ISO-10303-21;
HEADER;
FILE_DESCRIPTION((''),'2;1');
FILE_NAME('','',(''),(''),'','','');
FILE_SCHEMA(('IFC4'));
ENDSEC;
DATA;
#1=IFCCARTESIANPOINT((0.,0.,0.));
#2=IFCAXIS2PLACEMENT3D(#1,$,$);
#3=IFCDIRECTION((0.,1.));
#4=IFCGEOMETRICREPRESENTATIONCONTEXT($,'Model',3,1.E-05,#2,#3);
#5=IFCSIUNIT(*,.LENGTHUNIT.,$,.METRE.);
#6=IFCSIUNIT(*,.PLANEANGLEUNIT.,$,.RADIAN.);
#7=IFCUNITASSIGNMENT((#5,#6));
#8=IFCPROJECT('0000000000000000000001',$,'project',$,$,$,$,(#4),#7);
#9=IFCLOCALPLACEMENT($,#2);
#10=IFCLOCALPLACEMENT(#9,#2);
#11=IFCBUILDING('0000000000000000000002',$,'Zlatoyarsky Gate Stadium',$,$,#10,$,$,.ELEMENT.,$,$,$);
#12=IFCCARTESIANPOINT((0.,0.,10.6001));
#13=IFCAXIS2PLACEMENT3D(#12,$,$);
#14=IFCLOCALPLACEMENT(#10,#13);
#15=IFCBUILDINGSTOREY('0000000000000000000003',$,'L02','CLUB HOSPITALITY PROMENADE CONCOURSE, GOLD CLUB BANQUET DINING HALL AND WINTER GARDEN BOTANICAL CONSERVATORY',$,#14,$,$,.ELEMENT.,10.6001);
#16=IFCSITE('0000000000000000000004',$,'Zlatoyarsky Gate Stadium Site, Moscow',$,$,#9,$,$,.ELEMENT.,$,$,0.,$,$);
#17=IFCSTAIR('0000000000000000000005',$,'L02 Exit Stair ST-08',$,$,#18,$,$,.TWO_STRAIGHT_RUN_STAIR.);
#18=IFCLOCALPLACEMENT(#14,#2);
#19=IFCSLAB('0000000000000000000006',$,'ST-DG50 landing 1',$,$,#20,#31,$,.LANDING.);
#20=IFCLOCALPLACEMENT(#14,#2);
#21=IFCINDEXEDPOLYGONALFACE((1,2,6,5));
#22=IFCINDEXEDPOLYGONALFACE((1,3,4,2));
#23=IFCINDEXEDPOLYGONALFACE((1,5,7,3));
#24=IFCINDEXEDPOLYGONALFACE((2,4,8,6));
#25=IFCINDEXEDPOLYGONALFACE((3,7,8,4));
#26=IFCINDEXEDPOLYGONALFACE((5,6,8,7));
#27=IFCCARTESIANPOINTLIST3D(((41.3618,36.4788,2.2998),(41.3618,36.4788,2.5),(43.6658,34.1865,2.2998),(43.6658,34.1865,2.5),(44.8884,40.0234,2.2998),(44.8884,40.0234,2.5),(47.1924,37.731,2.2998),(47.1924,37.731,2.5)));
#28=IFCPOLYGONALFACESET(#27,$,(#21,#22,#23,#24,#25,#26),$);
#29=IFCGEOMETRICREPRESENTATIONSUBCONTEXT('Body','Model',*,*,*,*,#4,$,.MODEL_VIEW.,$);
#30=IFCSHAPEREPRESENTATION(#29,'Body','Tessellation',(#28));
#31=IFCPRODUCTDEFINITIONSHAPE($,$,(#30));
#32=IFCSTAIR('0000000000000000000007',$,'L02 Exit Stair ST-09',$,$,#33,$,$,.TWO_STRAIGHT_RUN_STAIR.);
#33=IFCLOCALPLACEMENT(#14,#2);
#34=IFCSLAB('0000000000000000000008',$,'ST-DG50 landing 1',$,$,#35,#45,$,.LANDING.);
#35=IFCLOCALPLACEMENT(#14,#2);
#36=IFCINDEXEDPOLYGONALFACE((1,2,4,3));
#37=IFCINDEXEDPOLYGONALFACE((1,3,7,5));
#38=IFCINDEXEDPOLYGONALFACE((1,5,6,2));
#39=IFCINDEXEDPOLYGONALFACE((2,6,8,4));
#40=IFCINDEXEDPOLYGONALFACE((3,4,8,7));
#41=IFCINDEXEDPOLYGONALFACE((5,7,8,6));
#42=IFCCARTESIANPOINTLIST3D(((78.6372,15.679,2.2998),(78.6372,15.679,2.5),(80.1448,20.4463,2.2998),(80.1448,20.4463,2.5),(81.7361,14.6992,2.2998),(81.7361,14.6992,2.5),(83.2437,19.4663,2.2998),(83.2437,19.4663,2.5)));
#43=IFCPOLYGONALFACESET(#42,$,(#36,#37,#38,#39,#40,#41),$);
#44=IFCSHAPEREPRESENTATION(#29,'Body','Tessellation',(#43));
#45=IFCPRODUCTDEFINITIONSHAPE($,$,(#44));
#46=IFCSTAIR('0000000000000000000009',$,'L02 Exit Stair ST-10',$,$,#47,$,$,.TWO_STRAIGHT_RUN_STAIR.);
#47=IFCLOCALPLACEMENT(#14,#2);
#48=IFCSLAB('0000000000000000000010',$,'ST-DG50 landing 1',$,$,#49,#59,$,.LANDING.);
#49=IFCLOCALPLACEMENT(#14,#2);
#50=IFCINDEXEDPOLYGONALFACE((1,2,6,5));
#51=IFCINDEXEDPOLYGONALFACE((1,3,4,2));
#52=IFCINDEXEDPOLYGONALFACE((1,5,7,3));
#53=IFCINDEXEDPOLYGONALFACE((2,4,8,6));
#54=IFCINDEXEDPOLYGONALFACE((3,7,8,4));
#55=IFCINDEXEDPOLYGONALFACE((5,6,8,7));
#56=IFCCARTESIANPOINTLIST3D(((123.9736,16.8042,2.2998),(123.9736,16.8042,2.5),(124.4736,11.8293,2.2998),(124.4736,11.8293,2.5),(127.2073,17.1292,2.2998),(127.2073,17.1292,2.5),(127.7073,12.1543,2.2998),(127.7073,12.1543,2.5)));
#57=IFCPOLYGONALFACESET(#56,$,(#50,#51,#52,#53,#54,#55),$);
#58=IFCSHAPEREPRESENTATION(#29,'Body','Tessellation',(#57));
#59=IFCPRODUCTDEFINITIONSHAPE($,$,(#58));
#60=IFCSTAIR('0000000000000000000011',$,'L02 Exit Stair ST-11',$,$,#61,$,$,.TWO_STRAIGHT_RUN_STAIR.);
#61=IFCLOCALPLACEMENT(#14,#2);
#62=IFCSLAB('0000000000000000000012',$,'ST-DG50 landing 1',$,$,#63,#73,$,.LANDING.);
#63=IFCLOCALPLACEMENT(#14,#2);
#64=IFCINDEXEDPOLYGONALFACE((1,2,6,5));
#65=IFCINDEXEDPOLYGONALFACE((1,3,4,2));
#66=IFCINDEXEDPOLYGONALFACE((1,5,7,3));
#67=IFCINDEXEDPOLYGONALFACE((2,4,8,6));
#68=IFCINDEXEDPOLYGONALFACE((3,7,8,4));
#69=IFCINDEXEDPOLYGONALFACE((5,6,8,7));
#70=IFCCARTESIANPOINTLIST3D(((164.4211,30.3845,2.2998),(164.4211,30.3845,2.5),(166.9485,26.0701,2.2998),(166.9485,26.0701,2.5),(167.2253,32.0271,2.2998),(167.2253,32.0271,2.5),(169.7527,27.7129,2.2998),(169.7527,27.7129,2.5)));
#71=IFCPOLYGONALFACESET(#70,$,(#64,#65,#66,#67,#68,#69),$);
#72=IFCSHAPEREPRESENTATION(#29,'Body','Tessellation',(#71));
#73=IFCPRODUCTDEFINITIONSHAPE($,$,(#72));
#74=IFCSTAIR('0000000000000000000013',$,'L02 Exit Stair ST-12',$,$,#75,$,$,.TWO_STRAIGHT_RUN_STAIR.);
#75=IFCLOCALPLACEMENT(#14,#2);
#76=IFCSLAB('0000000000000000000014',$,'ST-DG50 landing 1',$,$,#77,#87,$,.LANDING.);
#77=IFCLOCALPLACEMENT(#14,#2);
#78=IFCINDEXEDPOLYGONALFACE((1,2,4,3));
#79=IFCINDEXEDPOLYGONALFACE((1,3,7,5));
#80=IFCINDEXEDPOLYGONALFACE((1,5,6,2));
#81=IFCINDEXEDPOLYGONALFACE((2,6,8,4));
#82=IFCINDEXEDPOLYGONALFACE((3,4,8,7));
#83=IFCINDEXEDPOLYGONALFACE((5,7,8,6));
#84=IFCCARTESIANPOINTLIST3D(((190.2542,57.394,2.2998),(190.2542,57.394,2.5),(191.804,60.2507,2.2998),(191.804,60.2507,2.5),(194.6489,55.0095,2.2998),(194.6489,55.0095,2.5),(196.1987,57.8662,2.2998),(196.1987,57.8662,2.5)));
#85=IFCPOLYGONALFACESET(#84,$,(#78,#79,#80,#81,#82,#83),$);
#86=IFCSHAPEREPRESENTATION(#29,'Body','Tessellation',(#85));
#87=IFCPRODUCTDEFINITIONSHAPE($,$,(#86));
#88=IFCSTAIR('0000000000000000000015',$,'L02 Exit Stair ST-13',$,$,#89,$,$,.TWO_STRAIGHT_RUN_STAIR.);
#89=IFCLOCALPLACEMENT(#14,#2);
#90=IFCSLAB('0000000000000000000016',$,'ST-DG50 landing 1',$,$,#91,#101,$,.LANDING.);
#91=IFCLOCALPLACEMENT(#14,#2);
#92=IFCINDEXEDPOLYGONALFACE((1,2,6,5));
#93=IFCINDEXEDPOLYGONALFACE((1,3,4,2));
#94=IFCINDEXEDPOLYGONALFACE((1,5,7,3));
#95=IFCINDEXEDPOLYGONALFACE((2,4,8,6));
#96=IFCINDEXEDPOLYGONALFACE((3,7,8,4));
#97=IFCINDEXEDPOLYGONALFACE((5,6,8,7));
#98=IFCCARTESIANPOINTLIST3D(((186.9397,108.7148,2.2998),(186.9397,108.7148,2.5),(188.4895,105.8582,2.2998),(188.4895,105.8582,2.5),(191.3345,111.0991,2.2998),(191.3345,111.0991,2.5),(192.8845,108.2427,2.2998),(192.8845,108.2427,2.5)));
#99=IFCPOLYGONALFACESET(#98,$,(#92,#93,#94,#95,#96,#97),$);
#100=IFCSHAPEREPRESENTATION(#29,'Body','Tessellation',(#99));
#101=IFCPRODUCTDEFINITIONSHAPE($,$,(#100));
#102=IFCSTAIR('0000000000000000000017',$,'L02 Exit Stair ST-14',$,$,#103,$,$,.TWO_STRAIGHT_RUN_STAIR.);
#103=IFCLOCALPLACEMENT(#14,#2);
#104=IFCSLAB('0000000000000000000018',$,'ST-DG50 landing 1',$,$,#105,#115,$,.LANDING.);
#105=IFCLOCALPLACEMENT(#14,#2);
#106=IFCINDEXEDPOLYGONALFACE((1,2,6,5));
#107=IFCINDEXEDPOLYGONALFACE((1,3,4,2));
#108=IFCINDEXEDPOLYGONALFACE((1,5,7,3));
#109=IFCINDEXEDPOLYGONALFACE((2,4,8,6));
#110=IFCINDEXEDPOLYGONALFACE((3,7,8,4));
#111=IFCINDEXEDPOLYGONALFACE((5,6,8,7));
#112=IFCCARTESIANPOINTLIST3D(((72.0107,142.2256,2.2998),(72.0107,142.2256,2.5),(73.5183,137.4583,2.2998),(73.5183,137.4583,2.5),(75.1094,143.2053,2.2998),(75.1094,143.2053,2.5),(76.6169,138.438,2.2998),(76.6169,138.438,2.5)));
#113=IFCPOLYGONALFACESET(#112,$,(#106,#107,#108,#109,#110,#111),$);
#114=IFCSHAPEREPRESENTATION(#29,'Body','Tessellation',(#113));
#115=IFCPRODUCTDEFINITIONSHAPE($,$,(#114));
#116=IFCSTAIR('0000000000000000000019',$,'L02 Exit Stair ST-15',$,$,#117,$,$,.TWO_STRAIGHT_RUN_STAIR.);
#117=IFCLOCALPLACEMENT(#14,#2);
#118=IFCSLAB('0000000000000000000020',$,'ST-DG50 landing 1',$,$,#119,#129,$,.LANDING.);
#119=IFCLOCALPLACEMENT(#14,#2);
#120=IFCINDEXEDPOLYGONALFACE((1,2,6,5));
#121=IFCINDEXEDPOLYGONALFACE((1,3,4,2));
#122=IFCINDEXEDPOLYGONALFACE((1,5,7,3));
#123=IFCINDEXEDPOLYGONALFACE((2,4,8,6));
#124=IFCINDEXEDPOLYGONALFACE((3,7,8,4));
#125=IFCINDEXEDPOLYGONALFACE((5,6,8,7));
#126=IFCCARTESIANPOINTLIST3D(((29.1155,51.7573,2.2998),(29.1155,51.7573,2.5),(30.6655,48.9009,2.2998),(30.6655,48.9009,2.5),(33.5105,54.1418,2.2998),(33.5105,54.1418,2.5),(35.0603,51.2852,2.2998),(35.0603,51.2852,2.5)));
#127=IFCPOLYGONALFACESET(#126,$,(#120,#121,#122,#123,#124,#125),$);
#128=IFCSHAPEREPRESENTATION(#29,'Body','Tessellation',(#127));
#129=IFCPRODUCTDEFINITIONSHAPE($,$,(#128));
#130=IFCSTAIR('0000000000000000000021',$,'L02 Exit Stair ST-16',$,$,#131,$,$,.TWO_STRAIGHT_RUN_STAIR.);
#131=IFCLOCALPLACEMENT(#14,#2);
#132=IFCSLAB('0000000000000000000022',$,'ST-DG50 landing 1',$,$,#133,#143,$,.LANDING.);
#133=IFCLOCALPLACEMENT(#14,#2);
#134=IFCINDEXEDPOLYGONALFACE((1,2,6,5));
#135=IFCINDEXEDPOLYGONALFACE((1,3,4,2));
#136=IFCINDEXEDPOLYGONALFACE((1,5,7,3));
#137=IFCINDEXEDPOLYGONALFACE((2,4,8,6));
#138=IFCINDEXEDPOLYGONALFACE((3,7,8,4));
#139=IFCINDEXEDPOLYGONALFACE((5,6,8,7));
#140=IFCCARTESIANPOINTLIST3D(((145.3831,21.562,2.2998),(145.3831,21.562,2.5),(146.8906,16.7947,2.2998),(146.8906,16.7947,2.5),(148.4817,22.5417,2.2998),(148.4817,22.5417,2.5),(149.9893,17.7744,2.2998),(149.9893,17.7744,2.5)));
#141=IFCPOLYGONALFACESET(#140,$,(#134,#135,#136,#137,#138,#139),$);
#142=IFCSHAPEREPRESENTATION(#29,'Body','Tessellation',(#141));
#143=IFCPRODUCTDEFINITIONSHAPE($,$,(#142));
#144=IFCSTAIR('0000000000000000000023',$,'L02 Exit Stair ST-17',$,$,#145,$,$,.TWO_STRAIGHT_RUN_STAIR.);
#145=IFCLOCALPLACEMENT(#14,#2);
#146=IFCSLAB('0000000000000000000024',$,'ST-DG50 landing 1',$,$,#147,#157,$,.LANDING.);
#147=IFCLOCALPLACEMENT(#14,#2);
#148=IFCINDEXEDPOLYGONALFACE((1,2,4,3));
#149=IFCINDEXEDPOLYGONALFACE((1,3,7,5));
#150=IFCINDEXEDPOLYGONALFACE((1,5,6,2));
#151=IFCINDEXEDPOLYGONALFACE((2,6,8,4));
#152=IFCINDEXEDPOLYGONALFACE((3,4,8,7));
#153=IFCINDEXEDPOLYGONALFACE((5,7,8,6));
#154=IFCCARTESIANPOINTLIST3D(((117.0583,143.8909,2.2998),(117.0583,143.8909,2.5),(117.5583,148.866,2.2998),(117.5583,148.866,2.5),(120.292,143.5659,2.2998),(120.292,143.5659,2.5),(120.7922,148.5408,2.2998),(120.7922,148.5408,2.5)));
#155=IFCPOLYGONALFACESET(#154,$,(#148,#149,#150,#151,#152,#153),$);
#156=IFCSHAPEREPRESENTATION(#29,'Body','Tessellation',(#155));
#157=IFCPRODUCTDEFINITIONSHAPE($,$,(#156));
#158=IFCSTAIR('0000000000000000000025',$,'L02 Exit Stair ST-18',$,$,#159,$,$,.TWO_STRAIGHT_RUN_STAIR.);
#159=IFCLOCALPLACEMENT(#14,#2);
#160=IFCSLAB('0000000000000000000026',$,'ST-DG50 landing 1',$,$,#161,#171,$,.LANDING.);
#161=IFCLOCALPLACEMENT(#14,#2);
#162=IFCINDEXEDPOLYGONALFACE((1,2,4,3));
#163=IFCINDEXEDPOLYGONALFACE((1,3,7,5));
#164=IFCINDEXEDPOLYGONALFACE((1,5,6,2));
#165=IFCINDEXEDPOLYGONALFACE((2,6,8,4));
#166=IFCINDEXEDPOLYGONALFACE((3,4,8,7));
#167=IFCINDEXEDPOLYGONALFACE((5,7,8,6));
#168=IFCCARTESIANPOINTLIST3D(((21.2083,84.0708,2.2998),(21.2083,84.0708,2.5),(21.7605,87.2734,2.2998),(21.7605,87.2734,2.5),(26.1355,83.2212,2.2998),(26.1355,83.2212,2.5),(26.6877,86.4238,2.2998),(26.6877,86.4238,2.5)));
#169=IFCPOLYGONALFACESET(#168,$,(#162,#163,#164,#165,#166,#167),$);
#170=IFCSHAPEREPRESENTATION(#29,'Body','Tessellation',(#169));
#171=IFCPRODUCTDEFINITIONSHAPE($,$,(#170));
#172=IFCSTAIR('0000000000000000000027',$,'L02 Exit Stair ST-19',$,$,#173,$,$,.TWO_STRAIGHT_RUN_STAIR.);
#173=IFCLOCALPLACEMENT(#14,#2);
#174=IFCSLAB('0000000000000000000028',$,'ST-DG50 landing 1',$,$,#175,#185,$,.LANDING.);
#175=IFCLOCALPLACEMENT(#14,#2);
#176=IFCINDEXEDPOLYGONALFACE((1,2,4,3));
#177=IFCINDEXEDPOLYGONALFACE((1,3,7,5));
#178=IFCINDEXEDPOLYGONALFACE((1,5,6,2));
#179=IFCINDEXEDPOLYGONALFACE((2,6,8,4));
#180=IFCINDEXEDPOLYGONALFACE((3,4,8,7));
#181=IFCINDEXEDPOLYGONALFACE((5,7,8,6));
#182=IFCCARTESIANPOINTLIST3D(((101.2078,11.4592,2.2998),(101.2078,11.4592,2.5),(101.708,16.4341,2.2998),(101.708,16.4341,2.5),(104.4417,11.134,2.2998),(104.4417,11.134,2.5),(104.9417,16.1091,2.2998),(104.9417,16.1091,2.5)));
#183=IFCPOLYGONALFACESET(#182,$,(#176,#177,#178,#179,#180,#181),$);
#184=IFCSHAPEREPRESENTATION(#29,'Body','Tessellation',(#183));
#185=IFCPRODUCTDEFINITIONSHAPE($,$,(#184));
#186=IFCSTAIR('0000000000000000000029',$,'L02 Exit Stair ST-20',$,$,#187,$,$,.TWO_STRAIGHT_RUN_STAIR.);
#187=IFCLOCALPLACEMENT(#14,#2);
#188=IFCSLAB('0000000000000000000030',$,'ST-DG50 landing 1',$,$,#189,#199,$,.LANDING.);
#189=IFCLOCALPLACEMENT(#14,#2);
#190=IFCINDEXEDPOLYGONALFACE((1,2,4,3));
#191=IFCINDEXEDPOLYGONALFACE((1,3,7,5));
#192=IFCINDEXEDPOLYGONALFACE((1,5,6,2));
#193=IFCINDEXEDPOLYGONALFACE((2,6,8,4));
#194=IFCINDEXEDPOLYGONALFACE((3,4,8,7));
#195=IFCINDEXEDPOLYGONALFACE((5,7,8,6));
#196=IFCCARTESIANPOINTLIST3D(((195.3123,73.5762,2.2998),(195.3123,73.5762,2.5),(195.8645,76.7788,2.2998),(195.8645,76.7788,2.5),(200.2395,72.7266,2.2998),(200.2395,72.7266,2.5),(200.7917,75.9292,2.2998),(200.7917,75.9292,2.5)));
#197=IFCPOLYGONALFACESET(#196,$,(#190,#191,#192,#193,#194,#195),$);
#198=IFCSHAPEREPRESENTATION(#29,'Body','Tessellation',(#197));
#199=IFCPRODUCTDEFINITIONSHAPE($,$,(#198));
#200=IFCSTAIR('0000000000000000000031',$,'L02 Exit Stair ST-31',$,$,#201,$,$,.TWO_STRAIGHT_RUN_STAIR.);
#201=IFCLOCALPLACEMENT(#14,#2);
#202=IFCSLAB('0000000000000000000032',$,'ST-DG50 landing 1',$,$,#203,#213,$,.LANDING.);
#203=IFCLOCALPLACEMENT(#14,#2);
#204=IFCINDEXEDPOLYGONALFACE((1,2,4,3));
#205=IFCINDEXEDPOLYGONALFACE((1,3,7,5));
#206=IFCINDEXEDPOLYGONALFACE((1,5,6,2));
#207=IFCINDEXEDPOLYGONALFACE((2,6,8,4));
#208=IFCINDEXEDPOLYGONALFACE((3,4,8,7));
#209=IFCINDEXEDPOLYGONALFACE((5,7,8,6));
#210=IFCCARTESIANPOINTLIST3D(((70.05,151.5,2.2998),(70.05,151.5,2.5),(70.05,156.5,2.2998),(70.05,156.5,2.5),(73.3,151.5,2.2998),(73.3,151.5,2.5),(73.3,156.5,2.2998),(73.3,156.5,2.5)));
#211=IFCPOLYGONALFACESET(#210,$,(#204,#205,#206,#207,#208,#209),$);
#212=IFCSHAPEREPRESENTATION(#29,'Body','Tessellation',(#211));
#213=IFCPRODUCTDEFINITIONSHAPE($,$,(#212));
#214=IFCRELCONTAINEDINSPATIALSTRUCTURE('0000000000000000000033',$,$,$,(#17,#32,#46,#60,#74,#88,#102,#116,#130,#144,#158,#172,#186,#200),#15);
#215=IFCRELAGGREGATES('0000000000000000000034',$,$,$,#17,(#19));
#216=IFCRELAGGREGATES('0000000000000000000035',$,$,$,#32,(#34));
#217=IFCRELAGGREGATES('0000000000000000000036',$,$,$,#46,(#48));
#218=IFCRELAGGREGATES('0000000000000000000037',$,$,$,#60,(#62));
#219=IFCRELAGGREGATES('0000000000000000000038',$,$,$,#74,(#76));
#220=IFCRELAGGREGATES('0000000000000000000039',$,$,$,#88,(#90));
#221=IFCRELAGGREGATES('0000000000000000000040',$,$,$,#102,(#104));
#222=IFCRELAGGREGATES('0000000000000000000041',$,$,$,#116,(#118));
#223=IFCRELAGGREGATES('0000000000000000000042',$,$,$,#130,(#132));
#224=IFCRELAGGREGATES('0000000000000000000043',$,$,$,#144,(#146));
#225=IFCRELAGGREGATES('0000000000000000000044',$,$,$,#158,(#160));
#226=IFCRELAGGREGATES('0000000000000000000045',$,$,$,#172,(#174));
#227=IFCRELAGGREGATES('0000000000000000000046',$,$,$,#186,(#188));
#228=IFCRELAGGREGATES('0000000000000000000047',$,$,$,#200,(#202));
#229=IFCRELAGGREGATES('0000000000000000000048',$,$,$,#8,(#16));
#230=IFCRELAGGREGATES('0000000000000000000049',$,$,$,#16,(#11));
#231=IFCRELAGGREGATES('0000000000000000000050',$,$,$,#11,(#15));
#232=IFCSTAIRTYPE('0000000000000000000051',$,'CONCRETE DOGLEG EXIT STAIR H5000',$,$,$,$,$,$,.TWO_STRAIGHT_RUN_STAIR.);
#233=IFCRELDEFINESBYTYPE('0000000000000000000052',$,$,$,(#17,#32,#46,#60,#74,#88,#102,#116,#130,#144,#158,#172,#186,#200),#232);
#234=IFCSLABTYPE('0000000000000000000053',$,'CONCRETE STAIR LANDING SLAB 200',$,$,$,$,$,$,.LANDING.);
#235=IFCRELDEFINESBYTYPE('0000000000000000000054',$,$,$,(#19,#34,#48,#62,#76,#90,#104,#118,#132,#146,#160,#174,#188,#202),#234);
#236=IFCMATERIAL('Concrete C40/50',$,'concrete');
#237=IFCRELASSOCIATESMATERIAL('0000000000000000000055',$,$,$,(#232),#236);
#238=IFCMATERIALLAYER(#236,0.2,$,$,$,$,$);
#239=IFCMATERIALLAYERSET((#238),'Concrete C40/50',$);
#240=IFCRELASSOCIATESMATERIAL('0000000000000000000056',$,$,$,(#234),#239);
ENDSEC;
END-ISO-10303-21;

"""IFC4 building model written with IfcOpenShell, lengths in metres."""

from ifc_helpers import new_model, si_unit, direction, frame, origin, place, context, subcontext, project, spatial, polyline, outline, extrude, material, layer, layer_set, type_object, element, aggregate, save


model = new_model("IFC4")

# Units and contexts
model_context = context("Model", 3, precision=1e-05, world=origin(), true_north=direction((0.0, 1.0)))
body_context = subcontext(model_context, "Body", "Model", "MODEL_VIEW")
ifc_project = project(units=[si_unit("LENGTHUNIT", "METRE"), si_unit("PLANEANGLEUNIT", "RADIAN")], contexts=[model_context])

# Site, building, storey
site_placement = place(None, origin())
site = spatial("IfcSite", under=ifc_project, at=site_placement, Name="Zlatoyarsky Gate Stadium Site, Moscow", CompositionType="ELEMENT", RefElevation=0.0)
building_placement = place(site_placement, origin())
building = spatial("IfcBuilding", under=site, at=building_placement, Name="Zlatoyarsky Gate Stadium", CompositionType="ELEMENT")
storey_placement = place(building_placement, frame((0.0, 0.0, 10.6001)))
storey = spatial("IfcBuildingStorey", under=building, at=storey_placement, Name="L02", Description="CLUB HOSPITALITY PROMENADE CONCOURSE, GOLD CLUB BANQUET DINING HALL AND WINTER GARDEN BOTANICAL CONSERVATORY", CompositionType="ELEMENT", Elevation=10.6001)

# Shared definitions
ifc_material = material(Name="Concrete C40/50", Category="concrete")

# Stairs, slabs
stair_type = type_object("IfcStairType", Name="CONCRETE DOGLEG EXIT STAIR H5000", PredefinedType="TWO_STRAIGHT_RUN_STAIR", material=ifc_material)
ifc_layer_1 = layer(ifc_material, 0.2)
ifc_layer_set_1 = layer_set([ifc_layer_1], Name="Concrete C40/50")
slab_type_1 = type_object("IfcSlabType", Name="CONCRETE STAIR LANDING SLAB 200", PredefinedType="LANDING", material=ifc_layer_set_1)
stair_1_placement = place(storey_placement, origin())
stair_1 = element("IfcStair", 1, at=stair_1_placement, inside=storey, type_object=stair_type, Name="L02 Exit Stair ST-08", PredefinedType="TWO_STRAIGHT_RUN_STAIR")
slab_1_placement = place(storey_placement, frame((0.0, 0.0, 2.2998)))
slab_1 = element("IfcSlab", 2, at=slab_1_placement, type_object=slab_type_1, Name="ST-DG50 landing 1", PredefinedType="LANDING", context=body_context, shape_type="SweptSolid", body=[
    extrude(outline(polyline([(41.3618, 36.4788), (43.6658, 34.1865), (47.1924, 37.731), (44.8884, 40.0234), (41.3618, 36.4788)])), origin(), (0.0, 0.0, 1.0), 0.2002),
])
aggregate(stair_1, [slab_1])
stair_2_placement = place(storey_placement, origin())
stair_2 = element("IfcStair", 3, at=stair_2_placement, inside=storey, type_object=stair_type, Name="L02 Exit Stair ST-09", PredefinedType="TWO_STRAIGHT_RUN_STAIR")
slab_2_placement = place(storey_placement, frame((0.0, 0.0, 2.2998)))
slab_2 = element("IfcSlab", 4, at=slab_2_placement, type_object=slab_type_1, Name="ST-DG50 landing 1", PredefinedType="LANDING", context=body_context, shape_type="SweptSolid", body=[
    extrude(outline(polyline([(78.6372, 15.679), (81.7361, 14.6992), (83.2437, 19.4663), (80.1448, 20.4463), (78.6372, 15.679)])), origin(), (0.0, 0.0, 1.0), 0.2002),
])
aggregate(stair_2, [slab_2])
stair_3_placement = place(storey_placement, origin())
stair_3 = element("IfcStair", 5, at=stair_3_placement, inside=storey, type_object=stair_type, Name="L02 Exit Stair ST-10", PredefinedType="TWO_STRAIGHT_RUN_STAIR")
slab_3_placement = place(storey_placement, frame((0.0, 0.0, 2.2998)))
slab_3 = element("IfcSlab", 6, at=slab_3_placement, type_object=slab_type_1, Name="ST-DG50 landing 1", PredefinedType="LANDING", context=body_context, shape_type="SweptSolid", body=[
    extrude(outline(polyline([(124.4736, 11.8293), (127.7073, 12.1543), (127.2073, 17.1292), (123.9736, 16.8042), (124.4736, 11.8293)])), origin(), (0.0, 0.0, 1.0), 0.2002),
])
aggregate(stair_3, [slab_3])
stair_4_placement = place(storey_placement, origin())
stair_4 = element("IfcStair", 7, at=stair_4_placement, inside=storey, type_object=stair_type, Name="L02 Exit Stair ST-11", PredefinedType="TWO_STRAIGHT_RUN_STAIR")
slab_4_placement = place(storey_placement, frame((0.0, 0.0, 2.2998)))
slab_4 = element("IfcSlab", 8, at=slab_4_placement, type_object=slab_type_1, Name="ST-DG50 landing 1", PredefinedType="LANDING", context=body_context, shape_type="SweptSolid", body=[
    extrude(outline(polyline([(166.9485, 26.0701), (169.7527, 27.7129), (167.2253, 32.0271), (164.4211, 30.3845), (166.9485, 26.0701)])), origin(), (0.0, 0.0, 1.0), 0.2002),
])
aggregate(stair_4, [slab_4])
stair_5_placement = place(storey_placement, origin())
stair_5 = element("IfcStair", 9, at=stair_5_placement, inside=storey, type_object=stair_type, Name="L02 Exit Stair ST-12", PredefinedType="TWO_STRAIGHT_RUN_STAIR")
slab_5_placement = place(storey_placement, frame((0.0, 0.0, 2.2998)))
slab_5 = element("IfcSlab", 10, at=slab_5_placement, type_object=slab_type_1, Name="ST-DG50 landing 1", PredefinedType="LANDING", context=body_context, shape_type="SweptSolid", body=[
    extrude(outline(polyline([(194.6489, 55.0095), (196.1987, 57.8662), (191.804, 60.2507), (190.2542, 57.394), (194.6489, 55.0095)])), origin(), (0.0, 0.0, 1.0), 0.2002),
])
aggregate(stair_5, [slab_5])
stair_6_placement = place(storey_placement, origin())
stair_6 = element("IfcStair", 11, at=stair_6_placement, inside=storey, type_object=stair_type, Name="L02 Exit Stair ST-13", PredefinedType="TWO_STRAIGHT_RUN_STAIR")
slab_6_placement = place(storey_placement, frame((0.0, 0.0, 2.2998)))
slab_6 = element("IfcSlab", 12, at=slab_6_placement, type_object=slab_type_1, Name="ST-DG50 landing 1", PredefinedType="LANDING", context=body_context, shape_type="SweptSolid", body=[
    extrude(outline(polyline([(192.8845, 108.2427), (191.3345, 111.0991), (186.9397, 108.7148), (188.4895, 105.8582), (192.8845, 108.2427)])), origin(), (0.0, 0.0, 1.0), 0.2002),
])
aggregate(stair_6, [slab_6])
stair_7_placement = place(storey_placement, origin())
stair_7 = element("IfcStair", 13, at=stair_7_placement, inside=storey, type_object=stair_type, Name="L02 Exit Stair ST-14", PredefinedType="TWO_STRAIGHT_RUN_STAIR")
slab_7_placement = place(storey_placement, frame((0.0, 0.0, 2.2998)))
slab_7 = element("IfcSlab", 14, at=slab_7_placement, type_object=slab_type_1, Name="ST-DG50 landing 1", PredefinedType="LANDING", context=body_context, shape_type="SweptSolid", body=[
    extrude(outline(polyline([(75.1094, 143.2053), (72.0107, 142.2256), (73.5183, 137.4583), (76.6169, 138.438), (75.1094, 143.2053)])), origin(), (0.0, 0.0, 1.0), 0.2002),
])
aggregate(stair_7, [slab_7])
stair_8_placement = place(storey_placement, origin())
stair_8 = element("IfcStair", 15, at=stair_8_placement, inside=storey, type_object=stair_type, Name="L02 Exit Stair ST-15", PredefinedType="TWO_STRAIGHT_RUN_STAIR")
slab_8_placement = place(storey_placement, frame((0.0, 0.0, 2.2998)))
slab_8 = element("IfcSlab", 16, at=slab_8_placement, type_object=slab_type_1, Name="ST-DG50 landing 1", PredefinedType="LANDING", context=body_context, shape_type="SweptSolid", body=[
    extrude(outline(polyline([(29.1155, 51.7573), (30.6655, 48.9009), (35.0603, 51.2852), (33.5105, 54.1418), (29.1155, 51.7573)])), origin(), (0.0, 0.0, 1.0), 0.2002),
])
aggregate(stair_8, [slab_8])
stair_9_placement = place(storey_placement, origin())
stair_9 = element("IfcStair", 17, at=stair_9_placement, inside=storey, type_object=stair_type, Name="L02 Exit Stair ST-16", PredefinedType="TWO_STRAIGHT_RUN_STAIR")
slab_9_placement = place(storey_placement, frame((0.0, 0.0, 2.2998)))
slab_9 = element("IfcSlab", 18, at=slab_9_placement, type_object=slab_type_1, Name="ST-DG50 landing 1", PredefinedType="LANDING", context=body_context, shape_type="SweptSolid", body=[
    extrude(outline(polyline([(146.8906, 16.7947), (149.9893, 17.7744), (148.4817, 22.5417), (145.3831, 21.562), (146.8906, 16.7947)])), origin(), (0.0, 0.0, 1.0), 0.2002),
])
aggregate(stair_9, [slab_9])
stair_10_placement = place(storey_placement, origin())
stair_10 = element("IfcStair", 19, at=stair_10_placement, inside=storey, type_object=stair_type, Name="L02 Exit Stair ST-17", PredefinedType="TWO_STRAIGHT_RUN_STAIR")
slab_10_placement = place(storey_placement, frame((0.0, 0.0, 2.2998)))
slab_10 = element("IfcSlab", 20, at=slab_10_placement, type_object=slab_type_1, Name="ST-DG50 landing 1", PredefinedType="LANDING", context=body_context, shape_type="SweptSolid", body=[
    extrude(outline(polyline([(120.7922, 148.5408), (117.5583, 148.866), (117.0583, 143.8909), (120.292, 143.5659), (120.7922, 148.5408)])), origin(), (0.0, 0.0, 1.0), 0.2002),
])
aggregate(stair_10, [slab_10])
stair_11_placement = place(storey_placement, origin())
stair_11 = element("IfcStair", 21, at=stair_11_placement, inside=storey, type_object=stair_type, Name="L02 Exit Stair ST-18", PredefinedType="TWO_STRAIGHT_RUN_STAIR")
slab_11_placement = place(storey_placement, frame((0.0, 0.0, 2.2998)))
slab_11 = element("IfcSlab", 22, at=slab_11_placement, type_object=slab_type_1, Name="ST-DG50 landing 1", PredefinedType="LANDING", context=body_context, shape_type="SweptSolid", body=[
    extrude(outline(polyline([(21.7605, 87.2734), (21.2083, 84.0708), (26.1355, 83.2212), (26.6877, 86.4238), (21.7605, 87.2734)])), origin(), (0.0, 0.0, 1.0), 0.2002),
])
aggregate(stair_11, [slab_11])
stair_12_placement = place(storey_placement, origin())
stair_12 = element("IfcStair", 23, at=stair_12_placement, inside=storey, type_object=stair_type, Name="L02 Exit Stair ST-19", PredefinedType="TWO_STRAIGHT_RUN_STAIR")
slab_12_placement = place(storey_placement, frame((0.0, 0.0, 2.2998)))
slab_12 = element("IfcSlab", 24, at=slab_12_placement, type_object=slab_type_1, Name="ST-DG50 landing 1", PredefinedType="LANDING", context=body_context, shape_type="SweptSolid", body=[
    extrude(outline(polyline([(101.2078, 11.4592), (104.4417, 11.134), (104.9417, 16.1091), (101.708, 16.4341), (101.2078, 11.4592)])), origin(), (0.0, 0.0, 1.0), 0.2002),
])
aggregate(stair_12, [slab_12])
stair_13_placement = place(storey_placement, origin())
stair_13 = element("IfcStair", 25, at=stair_13_placement, inside=storey, type_object=stair_type, Name="L02 Exit Stair ST-20", PredefinedType="TWO_STRAIGHT_RUN_STAIR")
slab_13_placement = place(storey_placement, frame((0.0, 0.0, 2.2998)))
slab_13 = element("IfcSlab", 26, at=slab_13_placement, type_object=slab_type_1, Name="ST-DG50 landing 1", PredefinedType="LANDING", context=body_context, shape_type="SweptSolid", body=[
    extrude(outline(polyline([(200.2395, 72.7266), (200.7917, 75.9292), (195.8645, 76.7788), (195.3123, 73.5762), (200.2395, 72.7266)])), origin(), (0.0, 0.0, 1.0), 0.2002),
])
aggregate(stair_13, [slab_13])
stair_14_placement = place(storey_placement, origin())
stair_14 = element("IfcStair", 27, at=stair_14_placement, inside=storey, type_object=stair_type, Name="L02 Exit Stair ST-31", PredefinedType="TWO_STRAIGHT_RUN_STAIR")
slab_14_placement = place(storey_placement, frame((0.0, 0.0, 2.2998)))
slab_14 = element("IfcSlab", 28, at=slab_14_placement, type_object=slab_type_1, Name="ST-DG50 landing 1", PredefinedType="LANDING", context=body_context, shape_type="SweptSolid", body=[
    extrude(outline(polyline([(70.05, 151.5), (73.3, 151.5), (73.3, 156.5), (70.05, 156.5), (70.05, 151.5)])), origin(), (0.0, 0.0, 1.0), 0.2002),
])
aggregate(stair_14, [slab_14])

save(model, "model.ifc")
